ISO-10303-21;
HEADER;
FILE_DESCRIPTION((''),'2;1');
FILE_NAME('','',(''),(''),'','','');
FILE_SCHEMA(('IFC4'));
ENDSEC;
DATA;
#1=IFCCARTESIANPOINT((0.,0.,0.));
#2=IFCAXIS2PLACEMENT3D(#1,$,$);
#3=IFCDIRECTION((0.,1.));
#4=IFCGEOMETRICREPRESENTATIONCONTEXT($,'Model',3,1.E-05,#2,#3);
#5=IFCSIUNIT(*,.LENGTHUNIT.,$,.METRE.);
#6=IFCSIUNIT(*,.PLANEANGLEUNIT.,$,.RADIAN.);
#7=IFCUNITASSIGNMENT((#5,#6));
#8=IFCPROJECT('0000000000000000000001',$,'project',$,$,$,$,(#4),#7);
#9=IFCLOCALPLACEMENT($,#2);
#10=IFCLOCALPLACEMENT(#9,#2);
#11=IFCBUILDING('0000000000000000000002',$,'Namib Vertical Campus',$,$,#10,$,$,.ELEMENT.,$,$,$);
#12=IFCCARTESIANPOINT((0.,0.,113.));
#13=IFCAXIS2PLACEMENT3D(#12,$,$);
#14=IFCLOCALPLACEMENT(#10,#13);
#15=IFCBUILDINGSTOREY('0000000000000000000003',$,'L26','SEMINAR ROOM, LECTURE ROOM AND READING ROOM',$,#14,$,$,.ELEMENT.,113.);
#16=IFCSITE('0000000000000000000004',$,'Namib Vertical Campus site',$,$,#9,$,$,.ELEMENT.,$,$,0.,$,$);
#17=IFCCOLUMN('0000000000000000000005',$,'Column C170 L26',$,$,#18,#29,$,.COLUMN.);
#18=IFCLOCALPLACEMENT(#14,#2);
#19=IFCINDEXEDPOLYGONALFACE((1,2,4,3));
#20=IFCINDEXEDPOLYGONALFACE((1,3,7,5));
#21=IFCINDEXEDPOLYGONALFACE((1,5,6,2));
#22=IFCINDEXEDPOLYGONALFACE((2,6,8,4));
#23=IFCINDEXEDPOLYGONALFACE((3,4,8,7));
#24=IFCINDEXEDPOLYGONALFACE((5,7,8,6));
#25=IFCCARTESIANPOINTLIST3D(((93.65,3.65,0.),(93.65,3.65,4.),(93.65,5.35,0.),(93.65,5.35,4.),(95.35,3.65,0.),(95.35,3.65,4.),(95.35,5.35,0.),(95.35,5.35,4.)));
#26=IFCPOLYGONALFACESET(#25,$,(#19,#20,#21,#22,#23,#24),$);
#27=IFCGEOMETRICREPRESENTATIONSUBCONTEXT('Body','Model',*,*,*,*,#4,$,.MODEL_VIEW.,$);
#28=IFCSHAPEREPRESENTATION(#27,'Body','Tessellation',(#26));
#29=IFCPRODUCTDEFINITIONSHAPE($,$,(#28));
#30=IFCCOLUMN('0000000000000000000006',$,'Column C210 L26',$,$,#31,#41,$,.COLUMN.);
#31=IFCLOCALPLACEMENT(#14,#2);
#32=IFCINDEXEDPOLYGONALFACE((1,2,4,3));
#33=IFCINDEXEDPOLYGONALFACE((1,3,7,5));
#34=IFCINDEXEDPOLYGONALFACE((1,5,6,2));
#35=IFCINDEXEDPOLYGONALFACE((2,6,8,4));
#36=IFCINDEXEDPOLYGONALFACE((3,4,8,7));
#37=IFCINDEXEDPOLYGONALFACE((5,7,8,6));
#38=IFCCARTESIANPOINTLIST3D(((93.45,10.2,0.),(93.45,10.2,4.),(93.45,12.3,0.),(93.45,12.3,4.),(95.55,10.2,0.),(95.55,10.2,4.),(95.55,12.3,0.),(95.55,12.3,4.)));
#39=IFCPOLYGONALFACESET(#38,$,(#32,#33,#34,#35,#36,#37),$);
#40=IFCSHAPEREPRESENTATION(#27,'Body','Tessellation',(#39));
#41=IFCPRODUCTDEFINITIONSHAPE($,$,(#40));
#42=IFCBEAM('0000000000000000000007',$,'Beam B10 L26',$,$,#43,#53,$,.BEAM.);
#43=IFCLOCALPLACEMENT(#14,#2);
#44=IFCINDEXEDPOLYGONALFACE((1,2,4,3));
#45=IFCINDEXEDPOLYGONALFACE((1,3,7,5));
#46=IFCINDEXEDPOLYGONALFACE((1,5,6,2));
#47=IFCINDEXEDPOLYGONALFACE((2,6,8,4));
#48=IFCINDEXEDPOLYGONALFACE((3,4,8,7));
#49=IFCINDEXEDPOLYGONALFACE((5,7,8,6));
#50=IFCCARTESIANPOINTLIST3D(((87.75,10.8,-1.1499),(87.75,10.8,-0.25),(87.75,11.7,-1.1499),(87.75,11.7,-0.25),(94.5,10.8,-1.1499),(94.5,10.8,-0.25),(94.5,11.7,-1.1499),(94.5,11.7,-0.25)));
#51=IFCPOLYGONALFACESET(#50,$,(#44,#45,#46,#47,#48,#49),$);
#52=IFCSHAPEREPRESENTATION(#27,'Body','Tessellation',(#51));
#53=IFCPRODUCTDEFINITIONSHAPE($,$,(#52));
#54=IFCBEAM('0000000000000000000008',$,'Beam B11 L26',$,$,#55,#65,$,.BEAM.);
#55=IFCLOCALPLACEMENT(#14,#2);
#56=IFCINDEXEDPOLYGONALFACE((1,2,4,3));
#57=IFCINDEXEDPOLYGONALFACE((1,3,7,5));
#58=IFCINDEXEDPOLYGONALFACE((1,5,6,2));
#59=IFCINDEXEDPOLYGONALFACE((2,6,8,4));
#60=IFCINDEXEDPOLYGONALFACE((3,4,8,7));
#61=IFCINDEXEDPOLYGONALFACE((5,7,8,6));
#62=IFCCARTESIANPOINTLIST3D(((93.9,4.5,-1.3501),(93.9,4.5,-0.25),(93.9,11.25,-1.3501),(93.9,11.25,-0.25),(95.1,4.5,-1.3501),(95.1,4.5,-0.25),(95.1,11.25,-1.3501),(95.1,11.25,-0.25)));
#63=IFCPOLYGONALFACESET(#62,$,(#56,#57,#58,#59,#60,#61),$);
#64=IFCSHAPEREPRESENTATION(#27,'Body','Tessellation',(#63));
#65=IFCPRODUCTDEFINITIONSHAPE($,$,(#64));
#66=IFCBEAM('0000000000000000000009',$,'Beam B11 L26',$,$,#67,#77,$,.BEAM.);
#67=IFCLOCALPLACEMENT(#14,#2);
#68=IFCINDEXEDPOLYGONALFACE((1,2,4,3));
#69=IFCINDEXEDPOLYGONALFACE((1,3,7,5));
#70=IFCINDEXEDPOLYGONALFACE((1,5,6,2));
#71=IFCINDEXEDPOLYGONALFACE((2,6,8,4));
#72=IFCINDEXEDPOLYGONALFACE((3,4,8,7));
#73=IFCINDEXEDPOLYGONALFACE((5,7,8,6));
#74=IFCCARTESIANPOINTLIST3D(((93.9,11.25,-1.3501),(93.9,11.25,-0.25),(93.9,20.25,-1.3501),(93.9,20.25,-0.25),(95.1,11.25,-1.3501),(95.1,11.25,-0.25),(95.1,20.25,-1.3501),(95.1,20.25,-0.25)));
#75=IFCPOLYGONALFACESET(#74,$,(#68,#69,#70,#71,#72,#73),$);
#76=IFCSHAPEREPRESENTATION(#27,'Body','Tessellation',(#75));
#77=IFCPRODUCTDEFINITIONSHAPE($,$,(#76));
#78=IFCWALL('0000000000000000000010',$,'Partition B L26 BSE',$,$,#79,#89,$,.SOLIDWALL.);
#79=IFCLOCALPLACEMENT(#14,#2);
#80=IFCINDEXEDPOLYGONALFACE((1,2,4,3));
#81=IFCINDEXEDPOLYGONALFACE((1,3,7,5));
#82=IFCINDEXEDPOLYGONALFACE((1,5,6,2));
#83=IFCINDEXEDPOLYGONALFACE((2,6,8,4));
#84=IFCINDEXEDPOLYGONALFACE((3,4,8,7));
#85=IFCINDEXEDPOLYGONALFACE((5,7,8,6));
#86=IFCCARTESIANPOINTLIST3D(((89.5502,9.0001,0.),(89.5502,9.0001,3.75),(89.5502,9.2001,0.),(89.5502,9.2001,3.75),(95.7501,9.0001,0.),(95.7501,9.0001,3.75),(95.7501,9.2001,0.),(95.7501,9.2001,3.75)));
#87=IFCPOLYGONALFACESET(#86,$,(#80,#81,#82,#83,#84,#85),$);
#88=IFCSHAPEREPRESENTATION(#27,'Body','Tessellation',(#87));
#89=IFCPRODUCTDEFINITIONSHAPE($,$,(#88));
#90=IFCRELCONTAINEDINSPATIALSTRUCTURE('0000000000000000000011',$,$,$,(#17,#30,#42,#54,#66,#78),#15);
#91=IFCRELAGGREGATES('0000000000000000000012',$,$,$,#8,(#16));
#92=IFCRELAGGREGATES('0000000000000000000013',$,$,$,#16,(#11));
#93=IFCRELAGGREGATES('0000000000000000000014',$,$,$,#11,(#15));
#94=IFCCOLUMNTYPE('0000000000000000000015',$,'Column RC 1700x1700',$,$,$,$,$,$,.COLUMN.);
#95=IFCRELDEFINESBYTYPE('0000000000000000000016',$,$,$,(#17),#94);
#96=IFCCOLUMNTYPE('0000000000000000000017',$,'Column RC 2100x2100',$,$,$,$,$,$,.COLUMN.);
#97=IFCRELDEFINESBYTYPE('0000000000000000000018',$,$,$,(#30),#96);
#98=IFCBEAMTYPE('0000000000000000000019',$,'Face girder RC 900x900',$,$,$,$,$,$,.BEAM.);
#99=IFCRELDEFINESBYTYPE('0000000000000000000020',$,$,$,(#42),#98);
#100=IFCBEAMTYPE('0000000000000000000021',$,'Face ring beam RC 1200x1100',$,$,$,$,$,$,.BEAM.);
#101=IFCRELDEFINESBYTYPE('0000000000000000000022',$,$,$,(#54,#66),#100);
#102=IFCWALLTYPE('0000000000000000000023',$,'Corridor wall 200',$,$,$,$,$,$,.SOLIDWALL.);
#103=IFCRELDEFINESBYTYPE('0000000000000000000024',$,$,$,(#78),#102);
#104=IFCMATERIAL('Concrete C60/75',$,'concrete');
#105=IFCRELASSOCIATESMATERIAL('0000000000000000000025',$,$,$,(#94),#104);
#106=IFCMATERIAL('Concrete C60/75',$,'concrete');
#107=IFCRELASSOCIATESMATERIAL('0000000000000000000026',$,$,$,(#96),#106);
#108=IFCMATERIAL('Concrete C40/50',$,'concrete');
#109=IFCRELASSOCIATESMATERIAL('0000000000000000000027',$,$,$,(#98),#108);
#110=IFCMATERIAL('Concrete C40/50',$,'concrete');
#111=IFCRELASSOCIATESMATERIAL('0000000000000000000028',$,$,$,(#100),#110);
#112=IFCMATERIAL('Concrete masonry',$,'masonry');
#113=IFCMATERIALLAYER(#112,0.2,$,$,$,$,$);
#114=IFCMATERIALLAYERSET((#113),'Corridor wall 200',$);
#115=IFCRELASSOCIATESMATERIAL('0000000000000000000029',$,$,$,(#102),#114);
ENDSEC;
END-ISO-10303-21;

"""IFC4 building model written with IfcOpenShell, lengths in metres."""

from ifc_helpers import new_model, si_unit, direction, frame, frame_2d, origin, origin_2d, place, context, subcontext, project, spatial, rectangle, extrude, material, layer, layer_set, material_profile, profile_set, type_object, element, save


model = new_model("IFC4")

# Units and contexts
model_context = context("Model", 3, precision=1e-05, world=origin(), true_north=direction((0.0, 1.0)))
body_context = subcontext(model_context, "Body", "Model", "MODEL_VIEW")
ifc_project = project(units=[si_unit("LENGTHUNIT", "METRE"), si_unit("PLANEANGLEUNIT", "RADIAN")], contexts=[model_context])

# Site, building, storey
site_placement = place(None, origin())
site = spatial("IfcSite", under=ifc_project, at=site_placement, Name="Namib Vertical Campus site", CompositionType="ELEMENT", RefElevation=0.0)
building_placement = place(site_placement, origin())
building = spatial("IfcBuilding", under=site, at=building_placement, Name="Namib Vertical Campus", CompositionType="ELEMENT")
storey_placement = place(building_placement, frame((0.0, 0.0, 113.0)))
storey = spatial("IfcBuildingStorey", under=building, at=storey_placement, Name="L26", Description="SEMINAR ROOM, LECTURE ROOM AND READING ROOM", CompositionType="ELEMENT", Elevation=113.0)

# Columns
ifc_material_1 = material(Name="Concrete C60/75", Category="concrete")
ifc_material_profile_1 = material_profile(ifc_material_1, rectangle(XDim=1.7, YDim=1.7, at=origin_2d()))
ifc_profile_set_1 = profile_set([ifc_material_profile_1], Name="Concrete C60/75")
column_type_1 = type_object("IfcColumnType", Name="Column RC 1700x1700", PredefinedType="COLUMN", material=ifc_profile_set_1)
column_1_placement = place(storey_placement, frame((94.5, 4.5, 0.0), z_axis=(0.0, 0.0, 1.0), x_axis=(1.0, 0.0, 0.0)))
element("IfcColumn", 1, at=column_1_placement, inside=storey, type_object=column_type_1, Name="Column C170 L26", PredefinedType="COLUMN", context=body_context, shape_type="SweptSolid", body=[
    extrude(rectangle(XDim=1.7, YDim=1.7, at=origin_2d()), origin(), (0.0, 0.0, 1.0), 4.0),
])
ifc_material_2 = material(Name="Concrete C60/75", Category="concrete")
ifc_material_profile_2 = material_profile(ifc_material_2, rectangle(XDim=2.1001, YDim=2.1001, at=origin_2d()))
ifc_profile_set_2 = profile_set([ifc_material_profile_2], Name="Concrete C60/75")
column_type_2 = type_object("IfcColumnType", Name="Column RC 2100x2100", PredefinedType="COLUMN", material=ifc_profile_set_2)
column_2_placement = place(storey_placement, frame((94.5, 11.25, 0.0), z_axis=(0.0, 0.0, 1.0), x_axis=(1.0, 0.0, 0.0)))
element("IfcColumn", 2, at=column_2_placement, inside=storey, type_object=column_type_2, Name="Column C210 L26", PredefinedType="COLUMN", context=body_context, shape_type="SweptSolid", body=[
    extrude(rectangle(XDim=2.1001, YDim=2.1001, at=origin_2d()), origin(), (0.0, 0.0, 1.0), 4.0),
])

# Beams
ifc_material_3 = material(Name="Concrete C40/50", Category="concrete")
ifc_material_profile_3 = material_profile(ifc_material_3, rectangle(XDim=0.8999, YDim=0.8999, at=origin_2d()))
ifc_profile_set_3 = profile_set([ifc_material_profile_3], Name="Concrete C40/50")
beam_type_1 = type_object("IfcBeamType", Name="Face girder RC 900x900", PredefinedType="BEAM", material=ifc_profile_set_3)
beam_1_placement = place(storey_placement, frame((94.5, 11.25, -0.7), z_axis=(-1.0, 0.0, 0.0), x_axis=(0.0, -1.0, 0.0)))
element("IfcBeam", 3, at=beam_1_placement, inside=storey, type_object=beam_type_1, Name="Beam B10 L26", PredefinedType="BEAM", context=body_context, shape_type="SweptSolid", body=[
    extrude(rectangle(XDim=0.8999, YDim=0.8999, at=origin_2d()), origin(), (0.0, 0.0, 1.0), 6.75),
])
ifc_material_4 = material(Name="Concrete C40/50", Category="concrete")
ifc_material_profile_4 = material_profile(ifc_material_4, rectangle(XDim=1.2, YDim=1.1001, at=origin_2d()))
ifc_profile_set_4 = profile_set([ifc_material_profile_4], Name="Concrete C40/50")
beam_type_2 = type_object("IfcBeamType", Name="Face ring beam RC 1200x1100", PredefinedType="BEAM", material=ifc_profile_set_4)
beam_2_placement = place(storey_placement, frame((94.5, 4.5, -0.8), z_axis=(0.0, 1.0, 0.0), x_axis=(-1.0, 0.0, 0.0)))
element("IfcBeam", 4, at=beam_2_placement, inside=storey, type_object=beam_type_2, Name="Beam B11 L26", PredefinedType="BEAM", context=body_context, shape_type="SweptSolid", body=[
    extrude(rectangle(XDim=1.2, YDim=1.1001, at=origin_2d()), origin(), (0.0, 0.0, 1.0), 6.75),
])
beam_3_placement = place(storey_placement, frame((94.5, 11.25, -0.8), z_axis=(0.0, 1.0, 0.0), x_axis=(-1.0, 0.0, 0.0)))
element("IfcBeam", 5, at=beam_3_placement, inside=storey, type_object=beam_type_2, Name="Beam B11 L26", PredefinedType="BEAM", context=body_context, shape_type="SweptSolid", body=[
    extrude(rectangle(XDim=1.2, YDim=1.1001, at=origin_2d()), origin(), (0.0, 0.0, 1.0), 9.0),
])

# Wall
ifc_material_5 = material(Name="Concrete masonry", Category="masonry")
ifc_layer_1 = layer(ifc_material_5, 0.2)
ifc_layer_set_1 = layer_set([ifc_layer_1], Name="Corridor wall 200")
wall_type_1 = type_object("IfcWallType", Name="Corridor wall 200", PredefinedType="SOLIDWALL", material=ifc_layer_set_1)
wall_1_placement = place(storey_placement, frame((89.55, 9.1001, 0.0), z_axis=(0.0, 0.0, 1.0), x_axis=(1.0, 0.0, 0.0)))
element("IfcWall", 6, at=wall_1_placement, inside=storey, type_object=wall_type_1, Name="Partition B L26 BSE", PredefinedType="SOLIDWALL", context=body_context, shape_type="SweptSolid", body=[
    extrude(rectangle(XDim=6.2, YDim=0.2, at=frame_2d((3.1001, 0.0))), origin(), (0.0, 0.0, 1.0), 3.75),
])

save(model, "model.ifc")
